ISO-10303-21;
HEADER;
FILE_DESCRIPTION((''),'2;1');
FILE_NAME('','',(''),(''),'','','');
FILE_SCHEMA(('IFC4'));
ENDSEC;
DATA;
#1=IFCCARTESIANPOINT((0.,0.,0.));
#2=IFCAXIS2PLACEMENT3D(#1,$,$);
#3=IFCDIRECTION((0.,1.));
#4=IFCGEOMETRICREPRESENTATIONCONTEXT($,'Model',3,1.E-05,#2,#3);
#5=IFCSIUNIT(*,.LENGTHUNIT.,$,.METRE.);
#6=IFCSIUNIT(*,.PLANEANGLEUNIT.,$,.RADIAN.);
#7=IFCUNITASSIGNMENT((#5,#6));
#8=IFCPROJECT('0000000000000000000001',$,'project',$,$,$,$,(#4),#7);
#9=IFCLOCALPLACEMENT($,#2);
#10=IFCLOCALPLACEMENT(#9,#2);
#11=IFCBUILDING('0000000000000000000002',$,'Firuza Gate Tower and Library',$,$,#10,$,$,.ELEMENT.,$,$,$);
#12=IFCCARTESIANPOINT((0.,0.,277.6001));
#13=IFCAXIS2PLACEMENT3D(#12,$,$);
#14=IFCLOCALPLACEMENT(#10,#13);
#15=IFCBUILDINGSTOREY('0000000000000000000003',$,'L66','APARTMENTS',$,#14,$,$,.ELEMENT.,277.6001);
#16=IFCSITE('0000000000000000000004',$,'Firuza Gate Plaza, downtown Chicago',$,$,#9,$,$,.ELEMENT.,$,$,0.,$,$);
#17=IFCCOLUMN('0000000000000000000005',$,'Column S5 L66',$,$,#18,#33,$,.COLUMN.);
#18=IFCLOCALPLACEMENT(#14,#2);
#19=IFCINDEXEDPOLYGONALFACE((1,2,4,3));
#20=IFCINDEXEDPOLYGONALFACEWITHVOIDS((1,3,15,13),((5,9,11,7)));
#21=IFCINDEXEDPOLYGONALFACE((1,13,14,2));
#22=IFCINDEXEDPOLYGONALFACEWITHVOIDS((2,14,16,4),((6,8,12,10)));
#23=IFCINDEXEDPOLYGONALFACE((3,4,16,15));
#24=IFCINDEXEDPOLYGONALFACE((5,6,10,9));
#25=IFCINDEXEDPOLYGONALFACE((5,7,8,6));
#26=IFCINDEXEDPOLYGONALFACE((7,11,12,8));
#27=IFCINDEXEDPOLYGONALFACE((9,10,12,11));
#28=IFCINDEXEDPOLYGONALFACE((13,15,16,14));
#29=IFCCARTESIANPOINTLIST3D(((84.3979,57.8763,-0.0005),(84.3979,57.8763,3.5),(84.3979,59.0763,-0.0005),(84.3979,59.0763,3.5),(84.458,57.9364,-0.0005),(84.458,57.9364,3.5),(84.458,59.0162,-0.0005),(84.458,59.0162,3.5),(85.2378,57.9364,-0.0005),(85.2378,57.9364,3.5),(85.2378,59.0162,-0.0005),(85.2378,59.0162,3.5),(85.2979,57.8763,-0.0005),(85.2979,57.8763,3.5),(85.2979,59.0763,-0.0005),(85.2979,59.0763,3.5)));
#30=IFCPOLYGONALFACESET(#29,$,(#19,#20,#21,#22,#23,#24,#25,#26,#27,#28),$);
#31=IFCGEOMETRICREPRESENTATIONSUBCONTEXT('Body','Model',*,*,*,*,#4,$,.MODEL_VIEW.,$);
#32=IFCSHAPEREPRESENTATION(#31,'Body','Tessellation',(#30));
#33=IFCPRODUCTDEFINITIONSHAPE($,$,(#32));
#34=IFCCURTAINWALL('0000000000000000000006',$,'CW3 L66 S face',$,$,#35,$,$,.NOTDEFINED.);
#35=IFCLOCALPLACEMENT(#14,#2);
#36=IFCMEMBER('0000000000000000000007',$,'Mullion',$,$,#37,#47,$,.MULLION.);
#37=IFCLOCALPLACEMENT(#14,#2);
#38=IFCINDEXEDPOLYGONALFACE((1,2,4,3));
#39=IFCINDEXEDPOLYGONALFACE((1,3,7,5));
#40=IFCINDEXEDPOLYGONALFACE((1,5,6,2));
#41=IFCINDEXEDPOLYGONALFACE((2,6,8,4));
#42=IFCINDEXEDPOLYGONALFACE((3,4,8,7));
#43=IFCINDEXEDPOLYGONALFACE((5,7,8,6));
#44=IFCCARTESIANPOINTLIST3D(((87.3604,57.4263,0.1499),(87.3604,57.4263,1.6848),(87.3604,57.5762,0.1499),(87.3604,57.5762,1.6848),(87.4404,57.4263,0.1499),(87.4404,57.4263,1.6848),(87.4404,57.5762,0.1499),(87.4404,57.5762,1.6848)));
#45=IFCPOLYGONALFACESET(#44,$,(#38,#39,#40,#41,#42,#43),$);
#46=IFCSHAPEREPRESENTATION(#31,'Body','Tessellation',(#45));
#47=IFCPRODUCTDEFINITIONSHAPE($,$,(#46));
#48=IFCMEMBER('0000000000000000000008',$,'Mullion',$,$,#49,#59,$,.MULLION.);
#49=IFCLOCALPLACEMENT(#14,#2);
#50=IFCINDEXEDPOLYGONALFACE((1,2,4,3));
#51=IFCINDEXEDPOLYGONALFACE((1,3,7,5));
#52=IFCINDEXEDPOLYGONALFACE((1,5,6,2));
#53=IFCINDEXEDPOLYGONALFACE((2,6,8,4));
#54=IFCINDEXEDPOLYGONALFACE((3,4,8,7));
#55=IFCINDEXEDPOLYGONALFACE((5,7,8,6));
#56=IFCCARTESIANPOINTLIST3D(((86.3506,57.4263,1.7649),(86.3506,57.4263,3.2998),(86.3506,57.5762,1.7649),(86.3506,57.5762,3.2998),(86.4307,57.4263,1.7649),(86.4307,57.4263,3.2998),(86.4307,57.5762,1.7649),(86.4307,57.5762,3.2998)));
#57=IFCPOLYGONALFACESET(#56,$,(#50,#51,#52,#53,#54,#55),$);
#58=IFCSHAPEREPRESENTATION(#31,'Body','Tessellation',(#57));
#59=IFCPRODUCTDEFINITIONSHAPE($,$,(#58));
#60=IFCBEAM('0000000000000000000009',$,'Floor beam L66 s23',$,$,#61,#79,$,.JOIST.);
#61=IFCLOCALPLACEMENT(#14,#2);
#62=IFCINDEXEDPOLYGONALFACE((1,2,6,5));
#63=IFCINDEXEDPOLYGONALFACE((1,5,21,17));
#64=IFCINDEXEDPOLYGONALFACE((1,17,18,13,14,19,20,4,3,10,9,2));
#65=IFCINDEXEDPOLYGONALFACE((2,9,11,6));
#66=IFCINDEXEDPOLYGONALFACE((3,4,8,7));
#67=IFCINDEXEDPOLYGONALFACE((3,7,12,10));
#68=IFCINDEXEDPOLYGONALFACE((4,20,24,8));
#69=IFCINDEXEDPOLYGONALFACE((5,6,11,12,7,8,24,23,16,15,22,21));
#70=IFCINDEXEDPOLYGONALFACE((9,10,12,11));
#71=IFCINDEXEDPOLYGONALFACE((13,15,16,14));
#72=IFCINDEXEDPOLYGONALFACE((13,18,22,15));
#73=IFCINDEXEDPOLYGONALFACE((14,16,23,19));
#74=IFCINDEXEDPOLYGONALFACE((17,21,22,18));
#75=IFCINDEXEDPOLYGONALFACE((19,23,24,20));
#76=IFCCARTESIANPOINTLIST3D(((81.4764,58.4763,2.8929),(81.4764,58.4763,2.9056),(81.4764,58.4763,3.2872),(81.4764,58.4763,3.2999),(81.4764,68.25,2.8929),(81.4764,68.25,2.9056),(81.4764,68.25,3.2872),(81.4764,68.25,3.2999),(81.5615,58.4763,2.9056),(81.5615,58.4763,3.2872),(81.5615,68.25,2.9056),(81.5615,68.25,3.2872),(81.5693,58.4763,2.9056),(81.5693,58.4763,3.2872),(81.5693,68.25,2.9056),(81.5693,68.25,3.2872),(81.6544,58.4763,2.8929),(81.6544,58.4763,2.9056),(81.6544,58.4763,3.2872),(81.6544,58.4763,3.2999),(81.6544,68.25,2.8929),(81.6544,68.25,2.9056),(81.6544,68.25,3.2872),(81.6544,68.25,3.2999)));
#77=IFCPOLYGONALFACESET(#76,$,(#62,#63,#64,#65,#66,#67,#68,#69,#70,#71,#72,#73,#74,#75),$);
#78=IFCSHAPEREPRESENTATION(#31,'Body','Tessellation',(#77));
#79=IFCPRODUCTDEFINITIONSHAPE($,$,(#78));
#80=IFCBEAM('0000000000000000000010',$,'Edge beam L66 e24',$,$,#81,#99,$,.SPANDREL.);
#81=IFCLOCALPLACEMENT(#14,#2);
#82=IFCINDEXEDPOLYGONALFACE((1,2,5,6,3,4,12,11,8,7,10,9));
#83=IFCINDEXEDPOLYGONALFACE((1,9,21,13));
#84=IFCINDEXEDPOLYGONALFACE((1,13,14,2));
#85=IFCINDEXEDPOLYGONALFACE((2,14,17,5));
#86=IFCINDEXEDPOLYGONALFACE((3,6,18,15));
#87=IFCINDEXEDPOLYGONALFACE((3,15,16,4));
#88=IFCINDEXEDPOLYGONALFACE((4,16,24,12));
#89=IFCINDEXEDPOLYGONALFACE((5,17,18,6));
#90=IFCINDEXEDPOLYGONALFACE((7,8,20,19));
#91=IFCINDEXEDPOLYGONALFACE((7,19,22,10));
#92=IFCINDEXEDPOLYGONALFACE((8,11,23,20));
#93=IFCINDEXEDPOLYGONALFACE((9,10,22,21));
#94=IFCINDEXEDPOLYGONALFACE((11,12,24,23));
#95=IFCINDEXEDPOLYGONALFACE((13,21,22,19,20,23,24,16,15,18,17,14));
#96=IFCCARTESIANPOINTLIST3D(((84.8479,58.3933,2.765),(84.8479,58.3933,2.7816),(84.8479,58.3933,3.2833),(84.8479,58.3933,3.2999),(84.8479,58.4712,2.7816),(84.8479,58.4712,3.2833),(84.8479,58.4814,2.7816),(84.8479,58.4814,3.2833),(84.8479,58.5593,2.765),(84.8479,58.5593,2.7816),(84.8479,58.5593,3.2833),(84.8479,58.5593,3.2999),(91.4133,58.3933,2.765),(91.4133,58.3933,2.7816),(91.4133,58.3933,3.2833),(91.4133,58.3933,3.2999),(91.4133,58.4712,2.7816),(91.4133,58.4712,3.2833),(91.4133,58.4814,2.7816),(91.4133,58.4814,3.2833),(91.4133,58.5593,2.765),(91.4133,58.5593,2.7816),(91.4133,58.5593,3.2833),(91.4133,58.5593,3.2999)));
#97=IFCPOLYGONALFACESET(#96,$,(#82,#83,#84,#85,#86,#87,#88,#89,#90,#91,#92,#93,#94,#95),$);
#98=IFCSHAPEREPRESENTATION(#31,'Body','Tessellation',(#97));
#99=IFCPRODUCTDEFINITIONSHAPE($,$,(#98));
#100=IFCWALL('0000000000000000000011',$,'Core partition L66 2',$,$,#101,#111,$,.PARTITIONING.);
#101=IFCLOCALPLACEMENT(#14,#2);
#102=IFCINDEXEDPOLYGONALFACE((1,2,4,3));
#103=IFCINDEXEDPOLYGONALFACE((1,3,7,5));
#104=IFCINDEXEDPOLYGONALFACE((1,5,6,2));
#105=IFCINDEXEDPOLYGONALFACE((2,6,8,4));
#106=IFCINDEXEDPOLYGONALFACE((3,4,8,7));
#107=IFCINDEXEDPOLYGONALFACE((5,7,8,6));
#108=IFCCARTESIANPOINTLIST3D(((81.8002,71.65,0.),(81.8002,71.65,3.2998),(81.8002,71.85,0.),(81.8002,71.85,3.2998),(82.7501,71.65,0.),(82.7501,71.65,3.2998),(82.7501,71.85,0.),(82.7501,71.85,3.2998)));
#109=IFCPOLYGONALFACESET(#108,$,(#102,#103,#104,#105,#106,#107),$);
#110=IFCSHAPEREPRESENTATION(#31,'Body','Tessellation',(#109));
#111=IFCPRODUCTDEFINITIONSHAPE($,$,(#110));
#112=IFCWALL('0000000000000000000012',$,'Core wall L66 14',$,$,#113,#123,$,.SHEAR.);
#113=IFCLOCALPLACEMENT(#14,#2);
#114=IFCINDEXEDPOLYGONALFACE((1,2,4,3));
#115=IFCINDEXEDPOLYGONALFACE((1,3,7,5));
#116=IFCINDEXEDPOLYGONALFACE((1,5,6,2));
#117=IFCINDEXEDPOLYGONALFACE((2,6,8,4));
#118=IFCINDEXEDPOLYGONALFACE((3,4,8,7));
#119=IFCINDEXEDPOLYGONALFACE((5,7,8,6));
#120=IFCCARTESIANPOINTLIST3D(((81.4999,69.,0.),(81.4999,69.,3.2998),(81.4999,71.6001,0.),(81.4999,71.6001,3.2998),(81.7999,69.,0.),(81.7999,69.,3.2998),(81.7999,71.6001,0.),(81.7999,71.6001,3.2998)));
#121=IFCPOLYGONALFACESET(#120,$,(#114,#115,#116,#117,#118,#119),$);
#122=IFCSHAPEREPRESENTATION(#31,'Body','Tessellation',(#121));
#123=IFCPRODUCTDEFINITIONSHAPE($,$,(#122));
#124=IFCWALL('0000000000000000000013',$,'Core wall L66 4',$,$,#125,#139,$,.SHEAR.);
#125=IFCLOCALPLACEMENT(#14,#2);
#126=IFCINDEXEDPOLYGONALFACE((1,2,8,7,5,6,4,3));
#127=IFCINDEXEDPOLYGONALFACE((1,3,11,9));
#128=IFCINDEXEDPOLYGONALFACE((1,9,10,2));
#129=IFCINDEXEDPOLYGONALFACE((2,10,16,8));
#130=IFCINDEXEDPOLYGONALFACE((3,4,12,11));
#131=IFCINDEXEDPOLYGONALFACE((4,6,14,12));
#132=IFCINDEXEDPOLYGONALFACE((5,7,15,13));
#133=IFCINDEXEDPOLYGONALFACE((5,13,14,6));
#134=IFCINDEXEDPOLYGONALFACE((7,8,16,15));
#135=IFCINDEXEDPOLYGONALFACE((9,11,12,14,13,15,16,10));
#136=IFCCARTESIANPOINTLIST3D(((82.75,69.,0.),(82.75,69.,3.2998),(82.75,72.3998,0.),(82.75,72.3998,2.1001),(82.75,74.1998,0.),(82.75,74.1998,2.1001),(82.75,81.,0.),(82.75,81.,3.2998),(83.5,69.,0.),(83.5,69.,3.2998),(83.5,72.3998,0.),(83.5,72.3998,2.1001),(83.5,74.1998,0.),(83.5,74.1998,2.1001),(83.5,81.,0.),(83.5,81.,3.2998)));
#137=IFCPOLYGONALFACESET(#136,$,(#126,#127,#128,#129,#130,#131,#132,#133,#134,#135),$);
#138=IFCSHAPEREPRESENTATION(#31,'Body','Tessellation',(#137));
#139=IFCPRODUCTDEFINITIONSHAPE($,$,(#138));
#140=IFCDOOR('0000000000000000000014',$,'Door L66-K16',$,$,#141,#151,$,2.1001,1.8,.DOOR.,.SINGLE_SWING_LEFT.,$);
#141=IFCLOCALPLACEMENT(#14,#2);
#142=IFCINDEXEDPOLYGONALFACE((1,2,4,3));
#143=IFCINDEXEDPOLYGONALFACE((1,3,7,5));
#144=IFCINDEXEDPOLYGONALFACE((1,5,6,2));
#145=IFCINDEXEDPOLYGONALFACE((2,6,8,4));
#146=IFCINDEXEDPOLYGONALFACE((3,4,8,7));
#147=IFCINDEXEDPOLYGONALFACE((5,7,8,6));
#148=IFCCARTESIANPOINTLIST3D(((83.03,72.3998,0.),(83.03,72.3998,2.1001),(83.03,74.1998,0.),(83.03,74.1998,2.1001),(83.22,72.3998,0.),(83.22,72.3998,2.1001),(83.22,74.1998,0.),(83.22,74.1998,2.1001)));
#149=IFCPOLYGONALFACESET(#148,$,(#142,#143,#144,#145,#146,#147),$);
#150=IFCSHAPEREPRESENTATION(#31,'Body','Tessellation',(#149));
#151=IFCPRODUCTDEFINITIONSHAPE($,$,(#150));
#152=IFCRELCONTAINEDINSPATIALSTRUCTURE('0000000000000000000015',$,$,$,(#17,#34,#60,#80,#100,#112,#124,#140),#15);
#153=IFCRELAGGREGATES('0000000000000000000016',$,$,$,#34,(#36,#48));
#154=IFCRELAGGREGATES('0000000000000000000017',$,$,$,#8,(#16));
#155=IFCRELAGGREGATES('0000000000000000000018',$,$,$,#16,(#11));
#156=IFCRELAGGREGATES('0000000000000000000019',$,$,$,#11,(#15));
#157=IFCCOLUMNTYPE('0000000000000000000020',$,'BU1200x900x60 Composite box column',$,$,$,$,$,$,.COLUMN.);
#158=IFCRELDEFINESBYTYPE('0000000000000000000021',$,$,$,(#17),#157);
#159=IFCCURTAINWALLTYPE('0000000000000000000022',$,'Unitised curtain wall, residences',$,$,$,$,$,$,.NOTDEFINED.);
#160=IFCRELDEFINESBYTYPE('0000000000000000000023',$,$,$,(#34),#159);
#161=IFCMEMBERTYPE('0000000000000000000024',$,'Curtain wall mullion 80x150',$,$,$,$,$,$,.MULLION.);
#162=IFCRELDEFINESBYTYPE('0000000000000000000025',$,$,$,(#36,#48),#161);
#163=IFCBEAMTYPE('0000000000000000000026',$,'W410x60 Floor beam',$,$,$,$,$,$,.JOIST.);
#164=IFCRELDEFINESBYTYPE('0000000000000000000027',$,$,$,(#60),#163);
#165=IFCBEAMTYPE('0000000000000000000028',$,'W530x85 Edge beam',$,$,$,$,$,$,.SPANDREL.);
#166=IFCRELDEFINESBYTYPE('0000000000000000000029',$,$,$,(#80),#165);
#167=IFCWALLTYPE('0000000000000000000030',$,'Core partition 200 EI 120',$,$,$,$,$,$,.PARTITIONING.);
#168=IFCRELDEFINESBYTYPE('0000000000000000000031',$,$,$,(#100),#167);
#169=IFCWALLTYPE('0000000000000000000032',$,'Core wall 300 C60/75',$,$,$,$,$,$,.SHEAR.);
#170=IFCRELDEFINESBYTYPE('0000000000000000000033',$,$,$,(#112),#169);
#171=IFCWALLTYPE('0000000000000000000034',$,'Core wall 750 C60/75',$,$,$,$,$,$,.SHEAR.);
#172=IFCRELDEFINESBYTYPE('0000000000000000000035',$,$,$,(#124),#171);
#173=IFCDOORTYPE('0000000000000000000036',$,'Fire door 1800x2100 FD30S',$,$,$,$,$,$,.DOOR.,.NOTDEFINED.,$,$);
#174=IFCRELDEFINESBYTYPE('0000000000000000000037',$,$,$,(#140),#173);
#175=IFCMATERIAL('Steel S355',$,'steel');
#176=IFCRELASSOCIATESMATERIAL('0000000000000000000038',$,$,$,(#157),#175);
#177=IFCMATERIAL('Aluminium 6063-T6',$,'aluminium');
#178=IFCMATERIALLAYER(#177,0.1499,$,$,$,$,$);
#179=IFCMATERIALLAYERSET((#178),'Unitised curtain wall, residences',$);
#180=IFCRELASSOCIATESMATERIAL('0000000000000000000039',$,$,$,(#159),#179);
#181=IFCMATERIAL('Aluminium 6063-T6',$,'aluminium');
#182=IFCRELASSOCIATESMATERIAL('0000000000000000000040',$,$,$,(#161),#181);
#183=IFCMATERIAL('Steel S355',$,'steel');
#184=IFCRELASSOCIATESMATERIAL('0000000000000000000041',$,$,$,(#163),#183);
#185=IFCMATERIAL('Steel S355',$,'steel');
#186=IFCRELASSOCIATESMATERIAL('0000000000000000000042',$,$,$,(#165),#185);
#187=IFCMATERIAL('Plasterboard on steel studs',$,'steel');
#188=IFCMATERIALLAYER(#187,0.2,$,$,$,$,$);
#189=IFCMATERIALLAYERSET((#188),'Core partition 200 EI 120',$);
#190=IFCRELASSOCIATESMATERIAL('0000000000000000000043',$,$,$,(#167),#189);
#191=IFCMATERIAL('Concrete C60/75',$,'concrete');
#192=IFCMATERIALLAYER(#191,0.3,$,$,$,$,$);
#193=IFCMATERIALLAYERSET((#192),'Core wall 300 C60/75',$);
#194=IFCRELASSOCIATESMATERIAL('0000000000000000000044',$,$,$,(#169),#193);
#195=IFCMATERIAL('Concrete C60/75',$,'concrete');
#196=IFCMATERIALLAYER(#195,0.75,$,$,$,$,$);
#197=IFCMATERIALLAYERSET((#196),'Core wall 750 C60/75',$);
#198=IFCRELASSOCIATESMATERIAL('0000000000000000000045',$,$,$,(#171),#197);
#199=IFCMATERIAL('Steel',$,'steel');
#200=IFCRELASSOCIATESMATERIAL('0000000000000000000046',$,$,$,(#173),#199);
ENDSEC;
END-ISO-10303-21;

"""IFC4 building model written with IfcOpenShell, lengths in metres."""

from ifc_helpers import new_model, si_unit, direction, frame, frame_2d, origin, origin_2d, place, context, subcontext, project, spatial, rectangle, hollow_rectangle, i_section, extrude, material, layer, layer_set, material_profile, profile_set, type_object, element, fill, aggregate, save


model = new_model("IFC4")

# Units and contexts
model_context = context("Model", 3, precision=1e-05, world=origin(), true_north=direction((0.0, 1.0)))
body_context = subcontext(model_context, "Body", "Model", "MODEL_VIEW")
ifc_project = project(units=[si_unit("LENGTHUNIT", "METRE"), si_unit("PLANEANGLEUNIT", "RADIAN")], contexts=[model_context])

# Site, building, storey
site_placement = place(None, origin())
site = spatial("IfcSite", under=ifc_project, at=site_placement, Name="Firuza Gate Plaza, downtown Chicago", CompositionType="ELEMENT", RefElevation=0.0)
building_placement = place(site_placement, origin())
building = spatial("IfcBuilding", under=site, at=building_placement, Name="Firuza Gate Tower and Library", CompositionType="ELEMENT")
storey_placement = place(building_placement, frame((0.0, 0.0, 277.6001)))
storey = spatial("IfcBuildingStorey", under=building, at=storey_placement, Name="L66", Description="APARTMENTS", CompositionType="ELEMENT", Elevation=277.6001)

# Column
ifc_material_1 = material(Name="Steel S355", Category="steel")
ifc_material_profile_1 = material_profile(ifc_material_1, hollow_rectangle(XDim=0.8999, YDim=1.2, WallThickness=0.0601, at=origin_2d()))
ifc_profile_set_1 = profile_set([ifc_material_profile_1], Name="Steel S355")
column_type = type_object("IfcColumnType", Name="BU1200x900x60 Composite box column", PredefinedType="COLUMN", material=ifc_profile_set_1)
column_placement = place(storey_placement, frame((84.8479, 58.4763, -0.0005), z_axis=(0.0, 0.0, 1.0), x_axis=(1.0, 0.0, 0.0)))
element("IfcColumn", 1, at=column_placement, inside=storey, type_object=column_type, Name="Column S5 L66", PredefinedType="COLUMN", context=body_context, shape_type="SweptSolid", body=[
    extrude(hollow_rectangle(XDim=0.8999, YDim=1.2, WallThickness=0.0601, at=origin_2d()), origin(), (0.0, 0.0, 1.0), 3.5005),
])

# Curtain wall, members
ifc_material_2 = material(Name="Aluminium 6063-T6", Category="aluminium")
ifc_layer_1 = layer(ifc_material_2, 0.1499)
ifc_layer_set_1 = layer_set([ifc_layer_1], Name="Unitised curtain wall, residences")
curtain_wall_type = type_object("IfcCurtainWallType", Name="Unitised curtain wall, residences", PredefinedType="NOTDEFINED", material=ifc_layer_set_1)
curtain_wall_placement = place(storey_placement, origin())
curtain_wall = element("IfcCurtainWall", 2, at=curtain_wall_placement, inside=storey, type_object=curtain_wall_type, Name="CW3 L66 S face", PredefinedType="NOTDEFINED")
ifc_material_3 = material(Name="Aluminium 6063-T6", Category="aluminium")
ifc_material_profile_2 = material_profile(ifc_material_3, rectangle(XDim=0.1499, YDim=0.0801, at=origin_2d()))
ifc_profile_set_2 = profile_set([ifc_material_profile_2], Name="Aluminium 6063-T6")
member_type = type_object("IfcMemberType", Name="Curtain wall mullion 80x150", PredefinedType="MULLION", material=ifc_profile_set_2)
member_1_placement = place(storey_placement, frame((87.4004, 57.5012, 0.1499), z_axis=(0.0, 0.0, 1.0), x_axis=(0.0, 1.0, 0.0)))
member_1 = element("IfcMember", 3, at=member_1_placement, type_object=member_type, Name="Mullion", PredefinedType="MULLION", context=body_context, shape_type="SweptSolid", body=[
    extrude(rectangle(XDim=0.1499, YDim=0.0801, at=origin_2d()), origin(), (0.0, 0.0, 1.0), 1.5349),
])
member_2_placement = place(storey_placement, frame((86.3906, 57.5012, 1.7649), z_axis=(0.0, 0.0, 1.0), x_axis=(0.0, 1.0, 0.0)))
member_2 = element("IfcMember", 4, at=member_2_placement, type_object=member_type, Name="Mullion", PredefinedType="MULLION", context=body_context, shape_type="SweptSolid", body=[
    extrude(rectangle(XDim=0.1499, YDim=0.0801, at=origin_2d()), origin(), (0.0, 0.0, 1.0), 1.5349),
])
aggregate(curtain_wall, [member_1, member_2])

# Beams
ifc_material_4 = material(Name="Steel S355", Category="steel")
ifc_material_profile_3 = material_profile(ifc_material_4, i_section(OverallWidth=0.178, OverallDepth=0.407, WebThickness=0.0078, FlangeThickness=0.0127, at=origin_2d()))
ifc_profile_set_3 = profile_set([ifc_material_profile_3], Name="Steel S355")
beam_type_1 = type_object("IfcBeamType", Name="W410x60 Floor beam", PredefinedType="JOIST", material=ifc_profile_set_3)
beam_1_placement = place(storey_placement, frame((81.5654, 58.4763, 3.0964), z_axis=(0.0, 1.0, 0.0), x_axis=(-1.0, 0.0, 0.0)))
element("IfcBeam", 5, at=beam_1_placement, inside=storey, type_object=beam_type_1, Name="Floor beam L66 s23", PredefinedType="JOIST", context=body_context, shape_type="SweptSolid", body=[
    extrude(i_section(OverallWidth=0.178, OverallDepth=0.407, WebThickness=0.0078, FlangeThickness=0.0127, at=origin_2d()), origin(), (0.0, 0.0, 1.0), 9.7737),
])
ifc_material_5 = material(Name="Steel S355", Category="steel")
ifc_material_profile_4 = material_profile(ifc_material_5, i_section(OverallWidth=0.166, OverallDepth=0.5349, WebThickness=0.0103, FlangeThickness=0.0166, at=origin_2d()))
ifc_profile_set_4 = profile_set([ifc_material_profile_4], Name="Steel S355")
beam_type_2 = type_object("IfcBeamType", Name="W530x85 Edge beam", PredefinedType="SPANDREL", material=ifc_profile_set_4)
beam_2_placement = place(storey_placement, frame((84.8479, 58.4763, 3.0325), z_axis=(1.0, 0.0, 0.0), x_axis=(0.0, 1.0, 0.0)))
element("IfcBeam", 6, at=beam_2_placement, inside=storey, type_object=beam_type_2, Name="Edge beam L66 e24", PredefinedType="SPANDREL", context=body_context, shape_type="SweptSolid", body=[
    extrude(i_section(OverallWidth=0.166, OverallDepth=0.5349, WebThickness=0.0103, FlangeThickness=0.0166, at=origin_2d()), origin(), (0.0, 0.0, 1.0), 6.5654),
])

# Walls
ifc_material_6 = material(Name="Plasterboard on steel studs", Category="steel")
ifc_layer_2 = layer(ifc_material_6, 0.2)
ifc_layer_set_2 = layer_set([ifc_layer_2], Name="Core partition 200 EI 120")
wall_type_1 = type_object("IfcWallType", Name="Core partition 200 EI 120", PredefinedType="PARTITIONING", material=ifc_layer_set_2)
wall_1_placement = place(storey_placement, frame((81.8, 71.75, 0.0), z_axis=(0.0, 0.0, 1.0), x_axis=(1.0, 0.0, 0.0)))
element("IfcWall", 7, at=wall_1_placement, inside=storey, type_object=wall_type_1, Name="Core partition L66 2", PredefinedType="PARTITIONING", context=body_context, shape_type="SweptSolid", body=[
    extrude(rectangle(XDim=0.95, YDim=0.2, at=frame_2d((0.4751, 0.0))), origin(), (0.0, 0.0, 1.0), 3.2998),
])
ifc_material_7 = material(Name="Concrete C60/75", Category="concrete")
ifc_layer_3 = layer(ifc_material_7, 0.3)
ifc_layer_set_3 = layer_set([ifc_layer_3], Name="Core wall 300 C60/75")
wall_type_2 = type_object("IfcWallType", Name="Core wall 300 C60/75", PredefinedType="SHEAR", material=ifc_layer_set_3)
wall_2_placement = place(storey_placement, frame((81.6499, 69.0, 0.0), z_axis=(0.0, 0.0, 1.0), x_axis=(0.0, 1.0, 0.0)))
element("IfcWall", 8, at=wall_2_placement, inside=storey, type_object=wall_type_2, Name="Core wall L66 14", PredefinedType="SHEAR", context=body_context, shape_type="SweptSolid", body=[
    extrude(rectangle(XDim=2.6001, YDim=0.3, at=frame_2d((1.3, 0.0))), origin(), (0.0, 0.0, 1.0), 3.2998),
])

# Wall, opening, door
ifc_material_8 = material(Name="Concrete C60/75", Category="concrete")
ifc_layer_4 = layer(ifc_material_8, 0.75)
ifc_layer_set_4 = layer_set([ifc_layer_4], Name="Core wall 750 C60/75")
wall_type_3 = type_object("IfcWallType", Name="Core wall 750 C60/75", PredefinedType="SHEAR", material=ifc_layer_set_4)
wall_3_placement = place(storey_placement, frame((83.125, 69.0, 0.0), z_axis=(0.0, 0.0, 1.0), x_axis=(0.0, 1.0, 0.0)))
wall_3 = element("IfcWall", 9, at=wall_3_placement, inside=storey, type_object=wall_type_3, Name="Core wall L66 4", PredefinedType="SHEAR", context=body_context, shape_type="SweptSolid", body=[
    extrude(rectangle(XDim=12.0, YDim=0.75, at=frame_2d((6.0, 0.0))), origin(), (0.0, 0.0, 1.0), 3.2998),
])
opening_1_placement = place(wall_3_placement, frame((3.3999, 0.0, 0.0)))
opening_1 = element("IfcOpeningElement", 10, at=opening_1_placement, cuts=wall_3, PredefinedType="OPENING", context=body_context, shape_type="SweptSolid", body=[
    extrude(rectangle(XDim=1.8, YDim=2.1001, at=frame_2d((0.8999, 1.05))), frame((0.0, 0.385, 0.0), z_axis=(0.0, -1.0, 0.0), x_axis=(1.0, 0.0, 0.0)), (0.0, 0.0, 1.0), 0.77),
])
ifc_material_9 = material(Name="Steel", Category="steel")
door_type_1 = type_object("IfcDoorType", Name="Fire door 1800x2100 FD30S", OperationType="NOTDEFINED", PredefinedType="DOOR", material=ifc_material_9)
door_1_placement = place(opening_1_placement, origin())
door_1 = element("IfcDoor", 11, at=door_1_placement, inside=storey, type_object=door_type_1, Name="Door L66-K16", OperationType="SINGLE_SWING_LEFT", OverallHeight=2.1001, OverallWidth=1.8, PredefinedType="DOOR", context=body_context, shape_type="SweptSolid", body=[
    extrude(rectangle(XDim=1.8, YDim=2.1001, at=frame_2d((0.8999, 1.05))), frame((0.0, 0.095, 0.0), z_axis=(0.0, -1.0, 0.0), x_axis=(1.0, 0.0, 0.0)), (0.0, 0.0, 1.0), 0.1899),
])
fill(opening_1, door_1)

save(model, "model.ifc")
